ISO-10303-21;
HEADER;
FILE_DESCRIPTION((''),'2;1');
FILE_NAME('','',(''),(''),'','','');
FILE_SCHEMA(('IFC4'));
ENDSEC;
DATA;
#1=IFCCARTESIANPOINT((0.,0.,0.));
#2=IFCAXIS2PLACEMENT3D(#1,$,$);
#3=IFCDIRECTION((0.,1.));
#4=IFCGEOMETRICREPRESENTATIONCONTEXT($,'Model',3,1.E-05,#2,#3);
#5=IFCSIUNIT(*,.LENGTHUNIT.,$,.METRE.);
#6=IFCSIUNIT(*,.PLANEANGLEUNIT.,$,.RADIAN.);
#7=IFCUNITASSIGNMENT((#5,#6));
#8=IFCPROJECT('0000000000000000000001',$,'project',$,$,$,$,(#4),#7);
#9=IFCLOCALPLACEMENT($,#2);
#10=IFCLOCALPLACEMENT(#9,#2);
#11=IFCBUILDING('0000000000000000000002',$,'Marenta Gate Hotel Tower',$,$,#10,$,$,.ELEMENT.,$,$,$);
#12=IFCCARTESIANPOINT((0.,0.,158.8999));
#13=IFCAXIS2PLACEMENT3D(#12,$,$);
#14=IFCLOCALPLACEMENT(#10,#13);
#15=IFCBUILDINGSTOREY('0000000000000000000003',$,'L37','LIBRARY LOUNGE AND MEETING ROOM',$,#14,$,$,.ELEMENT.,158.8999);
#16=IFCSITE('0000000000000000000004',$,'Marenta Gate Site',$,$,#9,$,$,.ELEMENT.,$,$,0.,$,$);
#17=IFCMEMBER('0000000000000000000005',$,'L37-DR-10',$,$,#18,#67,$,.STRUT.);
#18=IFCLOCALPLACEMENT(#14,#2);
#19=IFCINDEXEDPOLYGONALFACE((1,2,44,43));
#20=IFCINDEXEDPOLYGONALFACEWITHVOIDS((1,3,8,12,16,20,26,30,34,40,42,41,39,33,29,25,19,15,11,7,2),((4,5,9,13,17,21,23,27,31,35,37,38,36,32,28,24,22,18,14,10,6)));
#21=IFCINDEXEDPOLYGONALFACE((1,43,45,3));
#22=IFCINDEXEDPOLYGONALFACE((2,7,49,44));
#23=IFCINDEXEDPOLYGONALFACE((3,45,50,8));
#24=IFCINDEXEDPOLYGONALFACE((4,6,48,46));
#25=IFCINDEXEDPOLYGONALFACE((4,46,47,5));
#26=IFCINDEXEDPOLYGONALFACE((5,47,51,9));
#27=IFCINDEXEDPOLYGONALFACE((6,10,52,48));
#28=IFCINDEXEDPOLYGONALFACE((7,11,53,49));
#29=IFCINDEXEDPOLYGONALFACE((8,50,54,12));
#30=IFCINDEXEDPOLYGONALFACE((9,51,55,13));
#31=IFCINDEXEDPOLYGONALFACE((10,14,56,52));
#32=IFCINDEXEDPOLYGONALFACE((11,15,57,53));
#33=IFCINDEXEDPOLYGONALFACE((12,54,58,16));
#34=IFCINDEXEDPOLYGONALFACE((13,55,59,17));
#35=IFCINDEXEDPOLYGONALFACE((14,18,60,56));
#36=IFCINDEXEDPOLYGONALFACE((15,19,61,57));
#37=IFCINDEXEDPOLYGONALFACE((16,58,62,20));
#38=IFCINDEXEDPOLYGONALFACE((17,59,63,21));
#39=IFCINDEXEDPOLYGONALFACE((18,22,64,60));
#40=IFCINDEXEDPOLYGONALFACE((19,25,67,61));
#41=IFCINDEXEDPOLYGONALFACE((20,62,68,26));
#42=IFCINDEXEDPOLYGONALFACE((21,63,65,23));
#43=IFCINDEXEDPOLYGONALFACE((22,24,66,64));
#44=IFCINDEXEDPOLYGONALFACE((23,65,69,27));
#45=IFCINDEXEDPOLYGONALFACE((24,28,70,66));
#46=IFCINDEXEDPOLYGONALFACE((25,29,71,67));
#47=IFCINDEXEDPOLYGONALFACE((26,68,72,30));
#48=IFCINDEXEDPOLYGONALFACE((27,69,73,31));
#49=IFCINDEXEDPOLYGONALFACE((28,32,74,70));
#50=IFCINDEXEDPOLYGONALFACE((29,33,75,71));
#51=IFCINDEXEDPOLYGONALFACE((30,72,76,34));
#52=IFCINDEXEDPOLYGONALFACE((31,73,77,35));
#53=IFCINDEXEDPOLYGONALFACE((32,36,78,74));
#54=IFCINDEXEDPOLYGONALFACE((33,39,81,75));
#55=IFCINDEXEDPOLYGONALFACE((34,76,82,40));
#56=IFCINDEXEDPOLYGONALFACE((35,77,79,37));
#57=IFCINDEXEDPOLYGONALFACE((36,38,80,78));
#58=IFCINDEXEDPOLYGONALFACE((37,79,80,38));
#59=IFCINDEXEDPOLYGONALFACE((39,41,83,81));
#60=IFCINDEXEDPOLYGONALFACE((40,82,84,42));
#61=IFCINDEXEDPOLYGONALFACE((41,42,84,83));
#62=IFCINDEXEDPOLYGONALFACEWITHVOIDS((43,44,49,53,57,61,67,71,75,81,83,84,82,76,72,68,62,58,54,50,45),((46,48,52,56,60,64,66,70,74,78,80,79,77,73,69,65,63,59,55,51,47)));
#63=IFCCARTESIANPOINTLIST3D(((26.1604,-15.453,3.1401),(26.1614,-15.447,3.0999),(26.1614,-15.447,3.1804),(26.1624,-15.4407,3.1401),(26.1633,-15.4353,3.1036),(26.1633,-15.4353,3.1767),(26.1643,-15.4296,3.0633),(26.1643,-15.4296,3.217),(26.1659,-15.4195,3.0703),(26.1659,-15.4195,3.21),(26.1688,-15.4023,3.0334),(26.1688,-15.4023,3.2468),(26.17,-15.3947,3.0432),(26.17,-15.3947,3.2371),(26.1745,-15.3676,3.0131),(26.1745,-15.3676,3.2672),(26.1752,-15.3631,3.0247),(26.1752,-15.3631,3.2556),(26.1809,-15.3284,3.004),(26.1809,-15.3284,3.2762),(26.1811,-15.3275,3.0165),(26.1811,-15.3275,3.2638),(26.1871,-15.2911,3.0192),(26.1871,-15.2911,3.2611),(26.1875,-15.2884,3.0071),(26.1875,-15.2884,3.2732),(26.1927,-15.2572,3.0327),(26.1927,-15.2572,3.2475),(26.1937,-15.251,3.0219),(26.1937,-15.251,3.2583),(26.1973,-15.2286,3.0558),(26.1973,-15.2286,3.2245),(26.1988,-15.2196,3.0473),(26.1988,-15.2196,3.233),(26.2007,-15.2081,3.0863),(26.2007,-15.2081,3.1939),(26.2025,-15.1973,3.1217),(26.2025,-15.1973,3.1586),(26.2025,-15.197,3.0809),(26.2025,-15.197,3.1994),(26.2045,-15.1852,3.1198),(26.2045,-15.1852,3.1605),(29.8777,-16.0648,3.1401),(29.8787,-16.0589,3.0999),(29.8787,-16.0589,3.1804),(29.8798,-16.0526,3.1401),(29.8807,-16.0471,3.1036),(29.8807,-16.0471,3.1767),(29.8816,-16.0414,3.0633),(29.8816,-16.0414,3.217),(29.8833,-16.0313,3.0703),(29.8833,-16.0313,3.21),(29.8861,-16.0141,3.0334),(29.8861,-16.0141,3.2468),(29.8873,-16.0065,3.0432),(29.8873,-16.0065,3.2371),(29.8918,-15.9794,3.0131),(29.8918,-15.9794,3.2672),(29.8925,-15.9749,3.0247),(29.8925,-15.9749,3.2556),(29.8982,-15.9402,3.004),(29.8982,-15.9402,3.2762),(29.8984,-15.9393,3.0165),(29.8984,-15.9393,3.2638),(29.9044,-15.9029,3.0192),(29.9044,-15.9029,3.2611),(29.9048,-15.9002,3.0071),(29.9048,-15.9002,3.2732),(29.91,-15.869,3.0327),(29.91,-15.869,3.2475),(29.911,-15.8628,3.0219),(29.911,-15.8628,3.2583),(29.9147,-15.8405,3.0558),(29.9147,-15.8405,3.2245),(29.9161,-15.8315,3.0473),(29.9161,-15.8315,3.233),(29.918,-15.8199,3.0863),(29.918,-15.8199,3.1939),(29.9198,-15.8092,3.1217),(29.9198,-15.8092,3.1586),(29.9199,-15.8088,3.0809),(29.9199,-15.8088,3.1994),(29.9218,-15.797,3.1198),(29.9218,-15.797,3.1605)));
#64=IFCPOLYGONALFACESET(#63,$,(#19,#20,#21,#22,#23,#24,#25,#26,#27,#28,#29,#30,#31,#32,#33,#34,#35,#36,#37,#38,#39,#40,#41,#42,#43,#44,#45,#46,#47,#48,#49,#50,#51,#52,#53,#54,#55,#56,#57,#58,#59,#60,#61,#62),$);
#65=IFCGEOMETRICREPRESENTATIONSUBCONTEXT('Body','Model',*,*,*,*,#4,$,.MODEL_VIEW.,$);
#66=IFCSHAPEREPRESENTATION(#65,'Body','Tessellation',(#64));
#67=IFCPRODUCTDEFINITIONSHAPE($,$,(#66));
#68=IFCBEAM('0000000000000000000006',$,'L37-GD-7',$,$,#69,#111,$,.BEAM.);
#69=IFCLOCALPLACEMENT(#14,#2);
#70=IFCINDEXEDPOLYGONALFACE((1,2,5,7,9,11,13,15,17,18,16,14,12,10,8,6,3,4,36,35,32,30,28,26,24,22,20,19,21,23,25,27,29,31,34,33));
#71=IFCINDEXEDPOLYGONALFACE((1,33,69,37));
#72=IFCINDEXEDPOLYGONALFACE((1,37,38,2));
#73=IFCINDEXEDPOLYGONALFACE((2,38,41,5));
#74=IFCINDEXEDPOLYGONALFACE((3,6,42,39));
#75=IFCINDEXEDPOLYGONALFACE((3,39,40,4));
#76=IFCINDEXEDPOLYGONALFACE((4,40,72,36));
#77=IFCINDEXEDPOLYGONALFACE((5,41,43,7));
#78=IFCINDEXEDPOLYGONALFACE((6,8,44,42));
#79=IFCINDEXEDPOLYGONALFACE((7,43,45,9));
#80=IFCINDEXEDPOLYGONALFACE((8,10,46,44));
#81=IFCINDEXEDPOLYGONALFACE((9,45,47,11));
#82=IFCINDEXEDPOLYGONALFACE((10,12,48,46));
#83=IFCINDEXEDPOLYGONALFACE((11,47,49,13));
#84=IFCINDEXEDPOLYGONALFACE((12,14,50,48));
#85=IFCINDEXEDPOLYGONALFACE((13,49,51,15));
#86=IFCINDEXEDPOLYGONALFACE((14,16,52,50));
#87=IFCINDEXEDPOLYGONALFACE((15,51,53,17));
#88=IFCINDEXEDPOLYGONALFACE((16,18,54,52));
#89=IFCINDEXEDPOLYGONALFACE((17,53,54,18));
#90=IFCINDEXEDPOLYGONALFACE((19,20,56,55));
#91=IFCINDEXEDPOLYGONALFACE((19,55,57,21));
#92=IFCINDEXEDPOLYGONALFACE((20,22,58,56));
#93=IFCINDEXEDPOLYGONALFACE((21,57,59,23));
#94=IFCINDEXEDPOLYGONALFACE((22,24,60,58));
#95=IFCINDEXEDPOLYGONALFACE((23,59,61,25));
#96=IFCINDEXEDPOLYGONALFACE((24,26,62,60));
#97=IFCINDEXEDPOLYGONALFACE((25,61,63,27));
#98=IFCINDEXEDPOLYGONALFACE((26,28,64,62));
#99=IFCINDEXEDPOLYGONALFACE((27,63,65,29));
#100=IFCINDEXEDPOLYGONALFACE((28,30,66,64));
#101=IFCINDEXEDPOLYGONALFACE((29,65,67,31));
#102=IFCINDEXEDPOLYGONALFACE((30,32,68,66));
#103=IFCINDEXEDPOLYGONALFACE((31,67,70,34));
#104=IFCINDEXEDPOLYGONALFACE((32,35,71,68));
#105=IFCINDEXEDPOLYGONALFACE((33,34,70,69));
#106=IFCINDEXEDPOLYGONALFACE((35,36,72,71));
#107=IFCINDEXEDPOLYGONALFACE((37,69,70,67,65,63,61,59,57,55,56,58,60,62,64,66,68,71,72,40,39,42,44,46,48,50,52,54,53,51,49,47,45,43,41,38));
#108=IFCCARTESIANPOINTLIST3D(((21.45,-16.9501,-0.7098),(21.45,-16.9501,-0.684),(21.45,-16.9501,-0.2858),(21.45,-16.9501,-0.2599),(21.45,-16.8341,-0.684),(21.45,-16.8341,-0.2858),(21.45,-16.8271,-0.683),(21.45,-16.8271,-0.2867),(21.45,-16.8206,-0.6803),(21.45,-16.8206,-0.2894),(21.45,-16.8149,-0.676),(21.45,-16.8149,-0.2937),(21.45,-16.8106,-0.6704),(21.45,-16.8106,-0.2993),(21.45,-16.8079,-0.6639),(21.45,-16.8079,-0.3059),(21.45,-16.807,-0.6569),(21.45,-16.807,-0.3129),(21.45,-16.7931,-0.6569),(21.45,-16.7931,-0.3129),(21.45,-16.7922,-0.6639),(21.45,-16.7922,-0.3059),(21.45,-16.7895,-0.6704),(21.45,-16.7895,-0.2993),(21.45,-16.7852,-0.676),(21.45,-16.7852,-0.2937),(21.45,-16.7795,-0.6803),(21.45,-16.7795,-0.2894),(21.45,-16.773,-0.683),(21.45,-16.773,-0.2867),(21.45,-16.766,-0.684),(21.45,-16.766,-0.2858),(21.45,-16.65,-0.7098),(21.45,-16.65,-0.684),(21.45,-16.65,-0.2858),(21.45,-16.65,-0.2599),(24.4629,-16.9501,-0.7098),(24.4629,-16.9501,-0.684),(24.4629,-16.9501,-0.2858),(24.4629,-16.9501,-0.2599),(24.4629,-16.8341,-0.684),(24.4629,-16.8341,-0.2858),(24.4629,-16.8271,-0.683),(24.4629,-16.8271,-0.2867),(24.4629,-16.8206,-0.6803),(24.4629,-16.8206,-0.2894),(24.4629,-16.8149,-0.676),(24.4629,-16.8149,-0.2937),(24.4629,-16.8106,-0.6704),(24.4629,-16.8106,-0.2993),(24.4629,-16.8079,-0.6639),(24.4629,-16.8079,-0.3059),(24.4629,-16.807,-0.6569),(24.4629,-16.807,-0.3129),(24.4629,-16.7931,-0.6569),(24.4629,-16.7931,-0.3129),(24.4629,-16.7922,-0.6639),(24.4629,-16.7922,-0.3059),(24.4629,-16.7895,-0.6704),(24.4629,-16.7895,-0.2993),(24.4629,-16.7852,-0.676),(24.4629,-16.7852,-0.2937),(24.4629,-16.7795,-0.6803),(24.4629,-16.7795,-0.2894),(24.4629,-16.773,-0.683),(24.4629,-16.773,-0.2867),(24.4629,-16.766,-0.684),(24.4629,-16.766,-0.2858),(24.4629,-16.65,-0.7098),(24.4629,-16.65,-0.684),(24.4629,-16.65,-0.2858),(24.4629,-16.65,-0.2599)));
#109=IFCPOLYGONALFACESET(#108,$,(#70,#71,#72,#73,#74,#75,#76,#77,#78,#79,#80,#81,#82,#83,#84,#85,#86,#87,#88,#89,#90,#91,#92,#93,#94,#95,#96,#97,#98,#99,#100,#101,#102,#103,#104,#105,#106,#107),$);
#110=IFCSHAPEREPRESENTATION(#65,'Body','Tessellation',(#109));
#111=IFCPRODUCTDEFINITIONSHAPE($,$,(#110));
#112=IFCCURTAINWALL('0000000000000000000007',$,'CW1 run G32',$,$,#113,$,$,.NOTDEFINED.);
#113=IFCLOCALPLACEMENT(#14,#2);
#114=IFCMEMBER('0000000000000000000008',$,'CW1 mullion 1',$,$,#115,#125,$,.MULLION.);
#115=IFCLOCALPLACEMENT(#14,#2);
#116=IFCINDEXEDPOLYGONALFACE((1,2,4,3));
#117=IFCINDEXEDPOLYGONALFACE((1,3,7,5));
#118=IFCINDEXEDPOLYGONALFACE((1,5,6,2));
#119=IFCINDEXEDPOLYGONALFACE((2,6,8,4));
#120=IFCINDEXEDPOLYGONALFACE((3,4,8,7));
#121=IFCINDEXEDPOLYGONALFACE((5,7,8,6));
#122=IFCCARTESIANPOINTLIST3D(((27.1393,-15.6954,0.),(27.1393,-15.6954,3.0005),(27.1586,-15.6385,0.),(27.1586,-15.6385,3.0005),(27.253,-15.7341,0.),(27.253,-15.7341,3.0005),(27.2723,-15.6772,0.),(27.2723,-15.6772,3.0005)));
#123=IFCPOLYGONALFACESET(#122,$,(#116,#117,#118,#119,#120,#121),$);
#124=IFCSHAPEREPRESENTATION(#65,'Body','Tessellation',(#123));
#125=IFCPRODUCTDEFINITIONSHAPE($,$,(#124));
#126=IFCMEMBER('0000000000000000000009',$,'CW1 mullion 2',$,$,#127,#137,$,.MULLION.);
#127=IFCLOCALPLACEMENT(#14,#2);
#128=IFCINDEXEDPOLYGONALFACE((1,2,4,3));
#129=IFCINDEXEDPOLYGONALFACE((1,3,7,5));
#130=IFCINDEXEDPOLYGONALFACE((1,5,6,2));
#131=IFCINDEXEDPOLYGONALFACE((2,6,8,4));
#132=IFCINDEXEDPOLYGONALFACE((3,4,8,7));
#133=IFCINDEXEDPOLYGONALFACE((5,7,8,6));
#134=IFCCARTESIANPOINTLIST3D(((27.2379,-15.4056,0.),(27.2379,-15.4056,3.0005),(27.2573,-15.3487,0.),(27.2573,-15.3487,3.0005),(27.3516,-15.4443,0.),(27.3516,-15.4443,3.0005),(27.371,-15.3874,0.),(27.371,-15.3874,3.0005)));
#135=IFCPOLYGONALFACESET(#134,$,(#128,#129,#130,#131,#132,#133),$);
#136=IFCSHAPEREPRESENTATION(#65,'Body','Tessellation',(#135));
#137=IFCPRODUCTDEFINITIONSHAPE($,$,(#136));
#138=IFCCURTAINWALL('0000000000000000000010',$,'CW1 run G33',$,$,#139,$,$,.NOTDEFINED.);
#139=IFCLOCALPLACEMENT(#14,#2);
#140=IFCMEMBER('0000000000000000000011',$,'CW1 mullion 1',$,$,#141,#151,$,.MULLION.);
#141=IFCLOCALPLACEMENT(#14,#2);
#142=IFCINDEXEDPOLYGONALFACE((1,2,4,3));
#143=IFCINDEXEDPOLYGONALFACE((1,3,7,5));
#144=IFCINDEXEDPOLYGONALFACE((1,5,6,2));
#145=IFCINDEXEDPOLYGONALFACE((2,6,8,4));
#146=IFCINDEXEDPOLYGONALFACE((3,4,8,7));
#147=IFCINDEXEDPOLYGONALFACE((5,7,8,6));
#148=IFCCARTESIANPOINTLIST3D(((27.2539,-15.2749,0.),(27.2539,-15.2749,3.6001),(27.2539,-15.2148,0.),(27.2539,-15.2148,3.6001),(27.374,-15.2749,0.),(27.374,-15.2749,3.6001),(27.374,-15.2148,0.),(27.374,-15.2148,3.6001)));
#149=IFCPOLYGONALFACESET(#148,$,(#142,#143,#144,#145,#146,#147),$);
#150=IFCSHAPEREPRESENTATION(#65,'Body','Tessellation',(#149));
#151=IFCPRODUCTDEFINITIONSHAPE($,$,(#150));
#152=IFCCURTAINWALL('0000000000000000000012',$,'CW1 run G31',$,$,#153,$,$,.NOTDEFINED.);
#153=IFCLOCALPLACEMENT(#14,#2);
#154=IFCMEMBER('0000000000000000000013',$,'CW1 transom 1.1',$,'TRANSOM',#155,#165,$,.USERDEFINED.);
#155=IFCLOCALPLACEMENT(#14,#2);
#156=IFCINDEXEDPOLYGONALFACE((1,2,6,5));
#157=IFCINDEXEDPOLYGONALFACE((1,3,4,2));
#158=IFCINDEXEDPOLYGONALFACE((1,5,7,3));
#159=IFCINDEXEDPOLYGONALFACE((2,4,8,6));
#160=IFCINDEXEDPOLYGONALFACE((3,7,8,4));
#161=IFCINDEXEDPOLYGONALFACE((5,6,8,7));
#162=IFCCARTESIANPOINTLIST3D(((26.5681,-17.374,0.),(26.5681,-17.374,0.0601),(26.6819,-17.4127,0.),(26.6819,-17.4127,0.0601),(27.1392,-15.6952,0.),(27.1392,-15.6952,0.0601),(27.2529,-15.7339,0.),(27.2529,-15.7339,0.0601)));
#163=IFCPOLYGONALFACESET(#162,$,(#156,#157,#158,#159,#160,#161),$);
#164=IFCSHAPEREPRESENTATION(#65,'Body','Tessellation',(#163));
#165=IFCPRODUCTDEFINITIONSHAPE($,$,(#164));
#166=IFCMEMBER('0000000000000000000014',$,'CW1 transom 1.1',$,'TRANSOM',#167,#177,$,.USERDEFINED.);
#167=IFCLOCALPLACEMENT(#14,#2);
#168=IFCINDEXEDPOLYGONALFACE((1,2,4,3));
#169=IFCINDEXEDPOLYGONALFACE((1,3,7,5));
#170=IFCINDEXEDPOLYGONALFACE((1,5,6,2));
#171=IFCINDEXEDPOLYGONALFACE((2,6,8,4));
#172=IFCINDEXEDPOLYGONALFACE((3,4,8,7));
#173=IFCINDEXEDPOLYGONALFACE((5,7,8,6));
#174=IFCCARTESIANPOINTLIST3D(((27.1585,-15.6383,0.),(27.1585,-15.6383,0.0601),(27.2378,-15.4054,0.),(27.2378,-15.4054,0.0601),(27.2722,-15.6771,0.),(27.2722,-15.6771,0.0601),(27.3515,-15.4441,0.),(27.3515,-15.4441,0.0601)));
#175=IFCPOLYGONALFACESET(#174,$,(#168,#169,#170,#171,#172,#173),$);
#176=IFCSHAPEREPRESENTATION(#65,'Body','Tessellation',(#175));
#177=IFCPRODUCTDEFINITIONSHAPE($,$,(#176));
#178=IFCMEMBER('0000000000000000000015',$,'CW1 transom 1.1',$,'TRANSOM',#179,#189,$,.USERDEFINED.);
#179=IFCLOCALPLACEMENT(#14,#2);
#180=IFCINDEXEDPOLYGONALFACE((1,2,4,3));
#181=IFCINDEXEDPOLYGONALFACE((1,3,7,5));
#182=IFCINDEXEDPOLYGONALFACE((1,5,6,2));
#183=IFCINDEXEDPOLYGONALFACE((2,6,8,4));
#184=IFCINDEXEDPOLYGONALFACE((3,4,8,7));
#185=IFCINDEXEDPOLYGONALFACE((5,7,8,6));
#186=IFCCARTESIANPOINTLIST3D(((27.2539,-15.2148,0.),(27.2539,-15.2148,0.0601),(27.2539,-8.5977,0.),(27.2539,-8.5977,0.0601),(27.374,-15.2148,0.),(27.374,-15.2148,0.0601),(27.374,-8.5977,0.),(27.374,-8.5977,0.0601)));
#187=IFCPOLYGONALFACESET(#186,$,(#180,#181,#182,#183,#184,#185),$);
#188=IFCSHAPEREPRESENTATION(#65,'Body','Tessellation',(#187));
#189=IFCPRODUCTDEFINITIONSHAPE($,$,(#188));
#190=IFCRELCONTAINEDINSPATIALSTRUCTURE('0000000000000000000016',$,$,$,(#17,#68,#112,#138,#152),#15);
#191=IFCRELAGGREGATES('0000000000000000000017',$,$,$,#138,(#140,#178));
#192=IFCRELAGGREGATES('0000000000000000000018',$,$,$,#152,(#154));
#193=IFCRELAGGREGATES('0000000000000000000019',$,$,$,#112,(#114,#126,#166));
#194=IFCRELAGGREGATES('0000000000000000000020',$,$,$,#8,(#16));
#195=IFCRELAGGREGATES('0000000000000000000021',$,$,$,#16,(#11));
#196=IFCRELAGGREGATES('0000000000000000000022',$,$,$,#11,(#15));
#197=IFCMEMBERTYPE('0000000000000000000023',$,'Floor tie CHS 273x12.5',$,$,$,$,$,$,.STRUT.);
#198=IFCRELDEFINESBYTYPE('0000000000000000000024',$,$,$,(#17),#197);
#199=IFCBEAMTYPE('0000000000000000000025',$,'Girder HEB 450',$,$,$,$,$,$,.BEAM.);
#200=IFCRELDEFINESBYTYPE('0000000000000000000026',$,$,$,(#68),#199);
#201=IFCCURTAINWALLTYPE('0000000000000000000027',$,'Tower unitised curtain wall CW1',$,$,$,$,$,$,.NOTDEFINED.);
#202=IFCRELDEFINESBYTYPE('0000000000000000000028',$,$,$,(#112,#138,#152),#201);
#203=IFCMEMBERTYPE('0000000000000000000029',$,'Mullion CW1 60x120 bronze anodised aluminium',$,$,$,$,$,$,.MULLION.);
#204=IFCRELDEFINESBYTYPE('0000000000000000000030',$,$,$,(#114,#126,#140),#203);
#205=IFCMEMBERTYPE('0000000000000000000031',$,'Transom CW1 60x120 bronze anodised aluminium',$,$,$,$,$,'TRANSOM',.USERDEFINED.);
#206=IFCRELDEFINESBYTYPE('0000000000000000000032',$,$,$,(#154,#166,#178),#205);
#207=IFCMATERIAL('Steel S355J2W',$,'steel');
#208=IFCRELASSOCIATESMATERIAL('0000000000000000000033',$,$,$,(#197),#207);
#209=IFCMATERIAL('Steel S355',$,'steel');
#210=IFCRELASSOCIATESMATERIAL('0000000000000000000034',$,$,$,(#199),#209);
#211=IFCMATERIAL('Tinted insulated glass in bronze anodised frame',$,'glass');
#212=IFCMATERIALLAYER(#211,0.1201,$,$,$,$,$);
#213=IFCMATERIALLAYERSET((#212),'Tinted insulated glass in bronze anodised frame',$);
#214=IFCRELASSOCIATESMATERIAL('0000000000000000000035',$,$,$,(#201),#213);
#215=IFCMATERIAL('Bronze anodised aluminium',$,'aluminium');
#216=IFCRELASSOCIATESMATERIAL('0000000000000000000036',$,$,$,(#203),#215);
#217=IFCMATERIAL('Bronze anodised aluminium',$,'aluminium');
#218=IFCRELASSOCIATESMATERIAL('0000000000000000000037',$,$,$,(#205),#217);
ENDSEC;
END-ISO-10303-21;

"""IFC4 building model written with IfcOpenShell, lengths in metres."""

from ifc_helpers import new_model, si_unit, direction, frame, origin, origin_2d, place, context, subcontext, project, spatial, rectangle, hollow_circle, i_section, extrude, material, layer, layer_set, material_profile, profile_set, type_object, element, aggregate, save


model = new_model("IFC4")

# Units and contexts
model_context = context("Model", 3, precision=1e-05, world=origin(), true_north=direction((0.0, 1.0)))
body_context = subcontext(model_context, "Body", "Model", "MODEL_VIEW")
ifc_project = project(units=[si_unit("LENGTHUNIT", "METRE"), si_unit("PLANEANGLEUNIT", "RADIAN")], contexts=[model_context])

# Site, building, storey
site_placement = place(None, origin())
site = spatial("IfcSite", under=ifc_project, at=site_placement, Name="Marenta Gate Site", CompositionType="ELEMENT", RefElevation=0.0)
building_placement = place(site_placement, origin())
building = spatial("IfcBuilding", under=site, at=building_placement, Name="Marenta Gate Hotel Tower", CompositionType="ELEMENT")
storey_placement = place(building_placement, frame((0.0, 0.0, 158.8999)))
storey = spatial("IfcBuildingStorey", under=building, at=storey_placement, Name="L37", Description="LIBRARY LOUNGE AND MEETING ROOM", CompositionType="ELEMENT", Elevation=158.8999)

# Member
ifc_material_1 = material(Name="Steel S355J2W", Category="steel")
ifc_material_profile_1 = material_profile(ifc_material_1, hollow_circle(Radius=0.1365, WallThickness=0.0125, at=origin_2d()), Name="CHS 273x12.5")
ifc_profile_set_1 = profile_set([ifc_material_profile_1], Name="Steel S355J2W")
member_type_1 = type_object("IfcMemberType", Name="Floor tie CHS 273x12.5", PredefinedType="STRUT", material=ifc_profile_set_1)
member_1_placement = place(storey_placement, frame((29.8999, -15.9302, 3.1401), z_axis=(-0.986725, 0.162402, 0.0), x_axis=(-0.162402, -0.986725, 0.0)))
element("IfcMember", 1, at=member_1_placement, inside=storey, type_object=member_type_1, Name="L37-DR-10", PredefinedType="STRUT", context=body_context, shape_type="SweptSolid", body=[
    extrude(hollow_circle(Radius=0.1365, WallThickness=0.0125, at=origin_2d()), origin(), (0.0, 0.0, 1.0), 3.7673),
])

# Beam
ifc_material_2 = material(Name="Steel S355", Category="steel")
ifc_material_profile_2 = material_profile(ifc_material_2, i_section(OverallWidth=0.3, OverallDepth=0.45, WebThickness=0.0139, FlangeThickness=0.0259, FilletRadius=0.0271, at=origin_2d()), Name="HEB 450")
ifc_profile_set_2 = profile_set([ifc_material_profile_2], Name="Steel S355")
beam_type_1 = type_object("IfcBeamType", Name="Girder HEB 450", PredefinedType="BEAM", material=ifc_profile_set_2)
beam_1_placement = place(storey_placement, frame((21.45, -16.8, -0.4849), z_axis=(1.0, 0.0, 0.0), x_axis=(0.0, 1.0, 0.0)))
element("IfcBeam", 2, at=beam_1_placement, inside=storey, type_object=beam_type_1, Name="L37-GD-7", PredefinedType="BEAM", context=body_context, shape_type="SweptSolid", body=[
    extrude(i_section(OverallWidth=0.3, OverallDepth=0.45, WebThickness=0.0139, FlangeThickness=0.0259, FilletRadius=0.0271, at=origin_2d()), origin(), (0.0, 0.0, 1.0), 3.0129),
])

# Curtain wall, members
ifc_material_3 = material(Name="Tinted insulated glass in bronze anodised frame", Category="glass")
ifc_layer_1 = layer(ifc_material_3, 0.1201)
ifc_layer_set_1 = layer_set([ifc_layer_1], Name="Tinted insulated glass in bronze anodised frame")
curtain_wall_type = type_object("IfcCurtainWallType", Name="Tower unitised curtain wall CW1", PredefinedType="NOTDEFINED", material=ifc_layer_set_1)
curtain_wall_1_placement = place(storey_placement, origin())
curtain_wall_1 = element("IfcCurtainWall", 3, at=curtain_wall_1_placement, inside=storey, type_object=curtain_wall_type, Name="CW1 run G32", PredefinedType="NOTDEFINED")
ifc_material_4 = material(Name="Bronze anodised aluminium", Category="aluminium")
ifc_material_profile_3 = material_profile(ifc_material_4, rectangle(XDim=0.1201, YDim=0.0601, at=origin_2d()), Name="Mullion CW1 60x120 bronze anodised aluminium")
ifc_profile_set_3 = profile_set([ifc_material_profile_3], Name="Bronze anodised aluminium")
member_type_2 = type_object("IfcMemberType", Name="Mullion CW1 60x120 bronze anodised aluminium", PredefinedType="MULLION", material=ifc_profile_set_3)
member_2_placement = place(storey_placement, frame((27.2058, -15.6863, 0.0), z_axis=(0.0, 0.0, 1.0), x_axis=(-0.946726, 0.32204, 0.0)))
member_2 = element("IfcMember", 4, at=member_2_placement, type_object=member_type_2, Name="CW1 mullion 1", PredefinedType="MULLION", context=body_context, shape_type="SweptSolid", body=[
    extrude(rectangle(XDim=0.1201, YDim=0.0601, at=origin_2d()), origin(), (0.0, 0.0, 1.0), 3.0005),
])
member_3_placement = place(storey_placement, frame((27.3044, -15.3965, 0.0), z_axis=(0.0, 0.0, 1.0), x_axis=(-0.946726, 0.32204, 0.0)))
member_3 = element("IfcMember", 5, at=member_3_placement, type_object=member_type_2, Name="CW1 mullion 2", PredefinedType="MULLION", context=body_context, shape_type="SweptSolid", body=[
    extrude(rectangle(XDim=0.1201, YDim=0.0601, at=origin_2d()), origin(), (0.0, 0.0, 1.0), 3.0005),
])

# Curtain walls, members
curtain_wall_2_placement = place(storey_placement, origin())
curtain_wall_2 = element("IfcCurtainWall", 6, at=curtain_wall_2_placement, inside=storey, type_object=curtain_wall_type, Name="CW1 run G33", PredefinedType="NOTDEFINED")
member_4_placement = place(storey_placement, frame((27.314, -15.2449, 0.0), z_axis=(0.0, 0.0, 1.0), x_axis=(-1.0, 0.0, 0.0)))
member_4 = element("IfcMember", 7, at=member_4_placement, type_object=member_type_2, Name="CW1 mullion 1", PredefinedType="MULLION", context=body_context, shape_type="SweptSolid", body=[
    extrude(rectangle(XDim=0.1201, YDim=0.0601, at=origin_2d()), origin(), (0.0, 0.0, 1.0), 3.6001),
])
curtain_wall_3_placement = place(storey_placement, origin())
curtain_wall_3 = element("IfcCurtainWall", 8, at=curtain_wall_3_placement, inside=storey, type_object=curtain_wall_type, Name="CW1 run G31", PredefinedType="NOTDEFINED")
ifc_material_5 = material(Name="Bronze anodised aluminium", Category="aluminium")
ifc_material_profile_4 = material_profile(ifc_material_5, rectangle(XDim=0.1201, YDim=0.0601, at=origin_2d()), Name="Transom CW1 60x120 bronze anodised aluminium")
ifc_profile_set_4 = profile_set([ifc_material_profile_4], Name="Bronze anodised aluminium")
member_type_3 = type_object("IfcMemberType", Name="Transom CW1 60x120 bronze anodised aluminium", ElementType="TRANSOM", PredefinedType="USERDEFINED", material=ifc_profile_set_4)
member_5_placement = place(storey_placement, frame((26.625, -17.3933, 0.03), z_axis=(0.322046, 0.946724, 0.0), x_axis=(-0.946724, 0.322046, 0.0)))
member_5 = element("IfcMember", 9, at=member_5_placement, type_object=member_type_3, Name="CW1 transom 1.1", ObjectType="TRANSOM", PredefinedType="USERDEFINED", context=body_context, shape_type="SweptSolid", body=[
    extrude(rectangle(XDim=0.1201, YDim=0.0601, at=origin_2d()), origin(), (0.0, 0.0, 1.0), 1.7732),
])

# Members
member_6_placement = place(storey_placement, frame((27.2153, -15.6577, 0.03), z_axis=(0.322472, 0.946579, 0.0), x_axis=(-0.946579, 0.322472, 0.0)))
member_6 = element("IfcMember", 10, at=member_6_placement, type_object=member_type_3, Name="CW1 transom 1.1", ObjectType="TRANSOM", PredefinedType="USERDEFINED", context=body_context, shape_type="SweptSolid", body=[
    extrude(rectangle(XDim=0.1201, YDim=0.0601, at=origin_2d()), origin(), (0.0, 0.0, 1.0), 0.2461),
])
member_7_placement = place(storey_placement, frame((27.314, -15.2148, 0.03), z_axis=(0.0, 1.0, 0.0), x_axis=(-1.0, 0.0, 0.0)))
member_7 = element("IfcMember", 11, at=member_7_placement, type_object=member_type_3, Name="CW1 transom 1.1", ObjectType="TRANSOM", PredefinedType="USERDEFINED", context=body_context, shape_type="SweptSolid", body=[
    extrude(rectangle(XDim=0.1201, YDim=0.0601, at=origin_2d()), origin(), (0.0, 0.0, 1.0), 6.6172),
])
aggregate(curtain_wall_2, [member_4, member_7])

aggregate(curtain_wall_3, [member_5])
aggregate(curtain_wall_1, [member_2, member_3, member_6])

save(model, "model.ifc")
